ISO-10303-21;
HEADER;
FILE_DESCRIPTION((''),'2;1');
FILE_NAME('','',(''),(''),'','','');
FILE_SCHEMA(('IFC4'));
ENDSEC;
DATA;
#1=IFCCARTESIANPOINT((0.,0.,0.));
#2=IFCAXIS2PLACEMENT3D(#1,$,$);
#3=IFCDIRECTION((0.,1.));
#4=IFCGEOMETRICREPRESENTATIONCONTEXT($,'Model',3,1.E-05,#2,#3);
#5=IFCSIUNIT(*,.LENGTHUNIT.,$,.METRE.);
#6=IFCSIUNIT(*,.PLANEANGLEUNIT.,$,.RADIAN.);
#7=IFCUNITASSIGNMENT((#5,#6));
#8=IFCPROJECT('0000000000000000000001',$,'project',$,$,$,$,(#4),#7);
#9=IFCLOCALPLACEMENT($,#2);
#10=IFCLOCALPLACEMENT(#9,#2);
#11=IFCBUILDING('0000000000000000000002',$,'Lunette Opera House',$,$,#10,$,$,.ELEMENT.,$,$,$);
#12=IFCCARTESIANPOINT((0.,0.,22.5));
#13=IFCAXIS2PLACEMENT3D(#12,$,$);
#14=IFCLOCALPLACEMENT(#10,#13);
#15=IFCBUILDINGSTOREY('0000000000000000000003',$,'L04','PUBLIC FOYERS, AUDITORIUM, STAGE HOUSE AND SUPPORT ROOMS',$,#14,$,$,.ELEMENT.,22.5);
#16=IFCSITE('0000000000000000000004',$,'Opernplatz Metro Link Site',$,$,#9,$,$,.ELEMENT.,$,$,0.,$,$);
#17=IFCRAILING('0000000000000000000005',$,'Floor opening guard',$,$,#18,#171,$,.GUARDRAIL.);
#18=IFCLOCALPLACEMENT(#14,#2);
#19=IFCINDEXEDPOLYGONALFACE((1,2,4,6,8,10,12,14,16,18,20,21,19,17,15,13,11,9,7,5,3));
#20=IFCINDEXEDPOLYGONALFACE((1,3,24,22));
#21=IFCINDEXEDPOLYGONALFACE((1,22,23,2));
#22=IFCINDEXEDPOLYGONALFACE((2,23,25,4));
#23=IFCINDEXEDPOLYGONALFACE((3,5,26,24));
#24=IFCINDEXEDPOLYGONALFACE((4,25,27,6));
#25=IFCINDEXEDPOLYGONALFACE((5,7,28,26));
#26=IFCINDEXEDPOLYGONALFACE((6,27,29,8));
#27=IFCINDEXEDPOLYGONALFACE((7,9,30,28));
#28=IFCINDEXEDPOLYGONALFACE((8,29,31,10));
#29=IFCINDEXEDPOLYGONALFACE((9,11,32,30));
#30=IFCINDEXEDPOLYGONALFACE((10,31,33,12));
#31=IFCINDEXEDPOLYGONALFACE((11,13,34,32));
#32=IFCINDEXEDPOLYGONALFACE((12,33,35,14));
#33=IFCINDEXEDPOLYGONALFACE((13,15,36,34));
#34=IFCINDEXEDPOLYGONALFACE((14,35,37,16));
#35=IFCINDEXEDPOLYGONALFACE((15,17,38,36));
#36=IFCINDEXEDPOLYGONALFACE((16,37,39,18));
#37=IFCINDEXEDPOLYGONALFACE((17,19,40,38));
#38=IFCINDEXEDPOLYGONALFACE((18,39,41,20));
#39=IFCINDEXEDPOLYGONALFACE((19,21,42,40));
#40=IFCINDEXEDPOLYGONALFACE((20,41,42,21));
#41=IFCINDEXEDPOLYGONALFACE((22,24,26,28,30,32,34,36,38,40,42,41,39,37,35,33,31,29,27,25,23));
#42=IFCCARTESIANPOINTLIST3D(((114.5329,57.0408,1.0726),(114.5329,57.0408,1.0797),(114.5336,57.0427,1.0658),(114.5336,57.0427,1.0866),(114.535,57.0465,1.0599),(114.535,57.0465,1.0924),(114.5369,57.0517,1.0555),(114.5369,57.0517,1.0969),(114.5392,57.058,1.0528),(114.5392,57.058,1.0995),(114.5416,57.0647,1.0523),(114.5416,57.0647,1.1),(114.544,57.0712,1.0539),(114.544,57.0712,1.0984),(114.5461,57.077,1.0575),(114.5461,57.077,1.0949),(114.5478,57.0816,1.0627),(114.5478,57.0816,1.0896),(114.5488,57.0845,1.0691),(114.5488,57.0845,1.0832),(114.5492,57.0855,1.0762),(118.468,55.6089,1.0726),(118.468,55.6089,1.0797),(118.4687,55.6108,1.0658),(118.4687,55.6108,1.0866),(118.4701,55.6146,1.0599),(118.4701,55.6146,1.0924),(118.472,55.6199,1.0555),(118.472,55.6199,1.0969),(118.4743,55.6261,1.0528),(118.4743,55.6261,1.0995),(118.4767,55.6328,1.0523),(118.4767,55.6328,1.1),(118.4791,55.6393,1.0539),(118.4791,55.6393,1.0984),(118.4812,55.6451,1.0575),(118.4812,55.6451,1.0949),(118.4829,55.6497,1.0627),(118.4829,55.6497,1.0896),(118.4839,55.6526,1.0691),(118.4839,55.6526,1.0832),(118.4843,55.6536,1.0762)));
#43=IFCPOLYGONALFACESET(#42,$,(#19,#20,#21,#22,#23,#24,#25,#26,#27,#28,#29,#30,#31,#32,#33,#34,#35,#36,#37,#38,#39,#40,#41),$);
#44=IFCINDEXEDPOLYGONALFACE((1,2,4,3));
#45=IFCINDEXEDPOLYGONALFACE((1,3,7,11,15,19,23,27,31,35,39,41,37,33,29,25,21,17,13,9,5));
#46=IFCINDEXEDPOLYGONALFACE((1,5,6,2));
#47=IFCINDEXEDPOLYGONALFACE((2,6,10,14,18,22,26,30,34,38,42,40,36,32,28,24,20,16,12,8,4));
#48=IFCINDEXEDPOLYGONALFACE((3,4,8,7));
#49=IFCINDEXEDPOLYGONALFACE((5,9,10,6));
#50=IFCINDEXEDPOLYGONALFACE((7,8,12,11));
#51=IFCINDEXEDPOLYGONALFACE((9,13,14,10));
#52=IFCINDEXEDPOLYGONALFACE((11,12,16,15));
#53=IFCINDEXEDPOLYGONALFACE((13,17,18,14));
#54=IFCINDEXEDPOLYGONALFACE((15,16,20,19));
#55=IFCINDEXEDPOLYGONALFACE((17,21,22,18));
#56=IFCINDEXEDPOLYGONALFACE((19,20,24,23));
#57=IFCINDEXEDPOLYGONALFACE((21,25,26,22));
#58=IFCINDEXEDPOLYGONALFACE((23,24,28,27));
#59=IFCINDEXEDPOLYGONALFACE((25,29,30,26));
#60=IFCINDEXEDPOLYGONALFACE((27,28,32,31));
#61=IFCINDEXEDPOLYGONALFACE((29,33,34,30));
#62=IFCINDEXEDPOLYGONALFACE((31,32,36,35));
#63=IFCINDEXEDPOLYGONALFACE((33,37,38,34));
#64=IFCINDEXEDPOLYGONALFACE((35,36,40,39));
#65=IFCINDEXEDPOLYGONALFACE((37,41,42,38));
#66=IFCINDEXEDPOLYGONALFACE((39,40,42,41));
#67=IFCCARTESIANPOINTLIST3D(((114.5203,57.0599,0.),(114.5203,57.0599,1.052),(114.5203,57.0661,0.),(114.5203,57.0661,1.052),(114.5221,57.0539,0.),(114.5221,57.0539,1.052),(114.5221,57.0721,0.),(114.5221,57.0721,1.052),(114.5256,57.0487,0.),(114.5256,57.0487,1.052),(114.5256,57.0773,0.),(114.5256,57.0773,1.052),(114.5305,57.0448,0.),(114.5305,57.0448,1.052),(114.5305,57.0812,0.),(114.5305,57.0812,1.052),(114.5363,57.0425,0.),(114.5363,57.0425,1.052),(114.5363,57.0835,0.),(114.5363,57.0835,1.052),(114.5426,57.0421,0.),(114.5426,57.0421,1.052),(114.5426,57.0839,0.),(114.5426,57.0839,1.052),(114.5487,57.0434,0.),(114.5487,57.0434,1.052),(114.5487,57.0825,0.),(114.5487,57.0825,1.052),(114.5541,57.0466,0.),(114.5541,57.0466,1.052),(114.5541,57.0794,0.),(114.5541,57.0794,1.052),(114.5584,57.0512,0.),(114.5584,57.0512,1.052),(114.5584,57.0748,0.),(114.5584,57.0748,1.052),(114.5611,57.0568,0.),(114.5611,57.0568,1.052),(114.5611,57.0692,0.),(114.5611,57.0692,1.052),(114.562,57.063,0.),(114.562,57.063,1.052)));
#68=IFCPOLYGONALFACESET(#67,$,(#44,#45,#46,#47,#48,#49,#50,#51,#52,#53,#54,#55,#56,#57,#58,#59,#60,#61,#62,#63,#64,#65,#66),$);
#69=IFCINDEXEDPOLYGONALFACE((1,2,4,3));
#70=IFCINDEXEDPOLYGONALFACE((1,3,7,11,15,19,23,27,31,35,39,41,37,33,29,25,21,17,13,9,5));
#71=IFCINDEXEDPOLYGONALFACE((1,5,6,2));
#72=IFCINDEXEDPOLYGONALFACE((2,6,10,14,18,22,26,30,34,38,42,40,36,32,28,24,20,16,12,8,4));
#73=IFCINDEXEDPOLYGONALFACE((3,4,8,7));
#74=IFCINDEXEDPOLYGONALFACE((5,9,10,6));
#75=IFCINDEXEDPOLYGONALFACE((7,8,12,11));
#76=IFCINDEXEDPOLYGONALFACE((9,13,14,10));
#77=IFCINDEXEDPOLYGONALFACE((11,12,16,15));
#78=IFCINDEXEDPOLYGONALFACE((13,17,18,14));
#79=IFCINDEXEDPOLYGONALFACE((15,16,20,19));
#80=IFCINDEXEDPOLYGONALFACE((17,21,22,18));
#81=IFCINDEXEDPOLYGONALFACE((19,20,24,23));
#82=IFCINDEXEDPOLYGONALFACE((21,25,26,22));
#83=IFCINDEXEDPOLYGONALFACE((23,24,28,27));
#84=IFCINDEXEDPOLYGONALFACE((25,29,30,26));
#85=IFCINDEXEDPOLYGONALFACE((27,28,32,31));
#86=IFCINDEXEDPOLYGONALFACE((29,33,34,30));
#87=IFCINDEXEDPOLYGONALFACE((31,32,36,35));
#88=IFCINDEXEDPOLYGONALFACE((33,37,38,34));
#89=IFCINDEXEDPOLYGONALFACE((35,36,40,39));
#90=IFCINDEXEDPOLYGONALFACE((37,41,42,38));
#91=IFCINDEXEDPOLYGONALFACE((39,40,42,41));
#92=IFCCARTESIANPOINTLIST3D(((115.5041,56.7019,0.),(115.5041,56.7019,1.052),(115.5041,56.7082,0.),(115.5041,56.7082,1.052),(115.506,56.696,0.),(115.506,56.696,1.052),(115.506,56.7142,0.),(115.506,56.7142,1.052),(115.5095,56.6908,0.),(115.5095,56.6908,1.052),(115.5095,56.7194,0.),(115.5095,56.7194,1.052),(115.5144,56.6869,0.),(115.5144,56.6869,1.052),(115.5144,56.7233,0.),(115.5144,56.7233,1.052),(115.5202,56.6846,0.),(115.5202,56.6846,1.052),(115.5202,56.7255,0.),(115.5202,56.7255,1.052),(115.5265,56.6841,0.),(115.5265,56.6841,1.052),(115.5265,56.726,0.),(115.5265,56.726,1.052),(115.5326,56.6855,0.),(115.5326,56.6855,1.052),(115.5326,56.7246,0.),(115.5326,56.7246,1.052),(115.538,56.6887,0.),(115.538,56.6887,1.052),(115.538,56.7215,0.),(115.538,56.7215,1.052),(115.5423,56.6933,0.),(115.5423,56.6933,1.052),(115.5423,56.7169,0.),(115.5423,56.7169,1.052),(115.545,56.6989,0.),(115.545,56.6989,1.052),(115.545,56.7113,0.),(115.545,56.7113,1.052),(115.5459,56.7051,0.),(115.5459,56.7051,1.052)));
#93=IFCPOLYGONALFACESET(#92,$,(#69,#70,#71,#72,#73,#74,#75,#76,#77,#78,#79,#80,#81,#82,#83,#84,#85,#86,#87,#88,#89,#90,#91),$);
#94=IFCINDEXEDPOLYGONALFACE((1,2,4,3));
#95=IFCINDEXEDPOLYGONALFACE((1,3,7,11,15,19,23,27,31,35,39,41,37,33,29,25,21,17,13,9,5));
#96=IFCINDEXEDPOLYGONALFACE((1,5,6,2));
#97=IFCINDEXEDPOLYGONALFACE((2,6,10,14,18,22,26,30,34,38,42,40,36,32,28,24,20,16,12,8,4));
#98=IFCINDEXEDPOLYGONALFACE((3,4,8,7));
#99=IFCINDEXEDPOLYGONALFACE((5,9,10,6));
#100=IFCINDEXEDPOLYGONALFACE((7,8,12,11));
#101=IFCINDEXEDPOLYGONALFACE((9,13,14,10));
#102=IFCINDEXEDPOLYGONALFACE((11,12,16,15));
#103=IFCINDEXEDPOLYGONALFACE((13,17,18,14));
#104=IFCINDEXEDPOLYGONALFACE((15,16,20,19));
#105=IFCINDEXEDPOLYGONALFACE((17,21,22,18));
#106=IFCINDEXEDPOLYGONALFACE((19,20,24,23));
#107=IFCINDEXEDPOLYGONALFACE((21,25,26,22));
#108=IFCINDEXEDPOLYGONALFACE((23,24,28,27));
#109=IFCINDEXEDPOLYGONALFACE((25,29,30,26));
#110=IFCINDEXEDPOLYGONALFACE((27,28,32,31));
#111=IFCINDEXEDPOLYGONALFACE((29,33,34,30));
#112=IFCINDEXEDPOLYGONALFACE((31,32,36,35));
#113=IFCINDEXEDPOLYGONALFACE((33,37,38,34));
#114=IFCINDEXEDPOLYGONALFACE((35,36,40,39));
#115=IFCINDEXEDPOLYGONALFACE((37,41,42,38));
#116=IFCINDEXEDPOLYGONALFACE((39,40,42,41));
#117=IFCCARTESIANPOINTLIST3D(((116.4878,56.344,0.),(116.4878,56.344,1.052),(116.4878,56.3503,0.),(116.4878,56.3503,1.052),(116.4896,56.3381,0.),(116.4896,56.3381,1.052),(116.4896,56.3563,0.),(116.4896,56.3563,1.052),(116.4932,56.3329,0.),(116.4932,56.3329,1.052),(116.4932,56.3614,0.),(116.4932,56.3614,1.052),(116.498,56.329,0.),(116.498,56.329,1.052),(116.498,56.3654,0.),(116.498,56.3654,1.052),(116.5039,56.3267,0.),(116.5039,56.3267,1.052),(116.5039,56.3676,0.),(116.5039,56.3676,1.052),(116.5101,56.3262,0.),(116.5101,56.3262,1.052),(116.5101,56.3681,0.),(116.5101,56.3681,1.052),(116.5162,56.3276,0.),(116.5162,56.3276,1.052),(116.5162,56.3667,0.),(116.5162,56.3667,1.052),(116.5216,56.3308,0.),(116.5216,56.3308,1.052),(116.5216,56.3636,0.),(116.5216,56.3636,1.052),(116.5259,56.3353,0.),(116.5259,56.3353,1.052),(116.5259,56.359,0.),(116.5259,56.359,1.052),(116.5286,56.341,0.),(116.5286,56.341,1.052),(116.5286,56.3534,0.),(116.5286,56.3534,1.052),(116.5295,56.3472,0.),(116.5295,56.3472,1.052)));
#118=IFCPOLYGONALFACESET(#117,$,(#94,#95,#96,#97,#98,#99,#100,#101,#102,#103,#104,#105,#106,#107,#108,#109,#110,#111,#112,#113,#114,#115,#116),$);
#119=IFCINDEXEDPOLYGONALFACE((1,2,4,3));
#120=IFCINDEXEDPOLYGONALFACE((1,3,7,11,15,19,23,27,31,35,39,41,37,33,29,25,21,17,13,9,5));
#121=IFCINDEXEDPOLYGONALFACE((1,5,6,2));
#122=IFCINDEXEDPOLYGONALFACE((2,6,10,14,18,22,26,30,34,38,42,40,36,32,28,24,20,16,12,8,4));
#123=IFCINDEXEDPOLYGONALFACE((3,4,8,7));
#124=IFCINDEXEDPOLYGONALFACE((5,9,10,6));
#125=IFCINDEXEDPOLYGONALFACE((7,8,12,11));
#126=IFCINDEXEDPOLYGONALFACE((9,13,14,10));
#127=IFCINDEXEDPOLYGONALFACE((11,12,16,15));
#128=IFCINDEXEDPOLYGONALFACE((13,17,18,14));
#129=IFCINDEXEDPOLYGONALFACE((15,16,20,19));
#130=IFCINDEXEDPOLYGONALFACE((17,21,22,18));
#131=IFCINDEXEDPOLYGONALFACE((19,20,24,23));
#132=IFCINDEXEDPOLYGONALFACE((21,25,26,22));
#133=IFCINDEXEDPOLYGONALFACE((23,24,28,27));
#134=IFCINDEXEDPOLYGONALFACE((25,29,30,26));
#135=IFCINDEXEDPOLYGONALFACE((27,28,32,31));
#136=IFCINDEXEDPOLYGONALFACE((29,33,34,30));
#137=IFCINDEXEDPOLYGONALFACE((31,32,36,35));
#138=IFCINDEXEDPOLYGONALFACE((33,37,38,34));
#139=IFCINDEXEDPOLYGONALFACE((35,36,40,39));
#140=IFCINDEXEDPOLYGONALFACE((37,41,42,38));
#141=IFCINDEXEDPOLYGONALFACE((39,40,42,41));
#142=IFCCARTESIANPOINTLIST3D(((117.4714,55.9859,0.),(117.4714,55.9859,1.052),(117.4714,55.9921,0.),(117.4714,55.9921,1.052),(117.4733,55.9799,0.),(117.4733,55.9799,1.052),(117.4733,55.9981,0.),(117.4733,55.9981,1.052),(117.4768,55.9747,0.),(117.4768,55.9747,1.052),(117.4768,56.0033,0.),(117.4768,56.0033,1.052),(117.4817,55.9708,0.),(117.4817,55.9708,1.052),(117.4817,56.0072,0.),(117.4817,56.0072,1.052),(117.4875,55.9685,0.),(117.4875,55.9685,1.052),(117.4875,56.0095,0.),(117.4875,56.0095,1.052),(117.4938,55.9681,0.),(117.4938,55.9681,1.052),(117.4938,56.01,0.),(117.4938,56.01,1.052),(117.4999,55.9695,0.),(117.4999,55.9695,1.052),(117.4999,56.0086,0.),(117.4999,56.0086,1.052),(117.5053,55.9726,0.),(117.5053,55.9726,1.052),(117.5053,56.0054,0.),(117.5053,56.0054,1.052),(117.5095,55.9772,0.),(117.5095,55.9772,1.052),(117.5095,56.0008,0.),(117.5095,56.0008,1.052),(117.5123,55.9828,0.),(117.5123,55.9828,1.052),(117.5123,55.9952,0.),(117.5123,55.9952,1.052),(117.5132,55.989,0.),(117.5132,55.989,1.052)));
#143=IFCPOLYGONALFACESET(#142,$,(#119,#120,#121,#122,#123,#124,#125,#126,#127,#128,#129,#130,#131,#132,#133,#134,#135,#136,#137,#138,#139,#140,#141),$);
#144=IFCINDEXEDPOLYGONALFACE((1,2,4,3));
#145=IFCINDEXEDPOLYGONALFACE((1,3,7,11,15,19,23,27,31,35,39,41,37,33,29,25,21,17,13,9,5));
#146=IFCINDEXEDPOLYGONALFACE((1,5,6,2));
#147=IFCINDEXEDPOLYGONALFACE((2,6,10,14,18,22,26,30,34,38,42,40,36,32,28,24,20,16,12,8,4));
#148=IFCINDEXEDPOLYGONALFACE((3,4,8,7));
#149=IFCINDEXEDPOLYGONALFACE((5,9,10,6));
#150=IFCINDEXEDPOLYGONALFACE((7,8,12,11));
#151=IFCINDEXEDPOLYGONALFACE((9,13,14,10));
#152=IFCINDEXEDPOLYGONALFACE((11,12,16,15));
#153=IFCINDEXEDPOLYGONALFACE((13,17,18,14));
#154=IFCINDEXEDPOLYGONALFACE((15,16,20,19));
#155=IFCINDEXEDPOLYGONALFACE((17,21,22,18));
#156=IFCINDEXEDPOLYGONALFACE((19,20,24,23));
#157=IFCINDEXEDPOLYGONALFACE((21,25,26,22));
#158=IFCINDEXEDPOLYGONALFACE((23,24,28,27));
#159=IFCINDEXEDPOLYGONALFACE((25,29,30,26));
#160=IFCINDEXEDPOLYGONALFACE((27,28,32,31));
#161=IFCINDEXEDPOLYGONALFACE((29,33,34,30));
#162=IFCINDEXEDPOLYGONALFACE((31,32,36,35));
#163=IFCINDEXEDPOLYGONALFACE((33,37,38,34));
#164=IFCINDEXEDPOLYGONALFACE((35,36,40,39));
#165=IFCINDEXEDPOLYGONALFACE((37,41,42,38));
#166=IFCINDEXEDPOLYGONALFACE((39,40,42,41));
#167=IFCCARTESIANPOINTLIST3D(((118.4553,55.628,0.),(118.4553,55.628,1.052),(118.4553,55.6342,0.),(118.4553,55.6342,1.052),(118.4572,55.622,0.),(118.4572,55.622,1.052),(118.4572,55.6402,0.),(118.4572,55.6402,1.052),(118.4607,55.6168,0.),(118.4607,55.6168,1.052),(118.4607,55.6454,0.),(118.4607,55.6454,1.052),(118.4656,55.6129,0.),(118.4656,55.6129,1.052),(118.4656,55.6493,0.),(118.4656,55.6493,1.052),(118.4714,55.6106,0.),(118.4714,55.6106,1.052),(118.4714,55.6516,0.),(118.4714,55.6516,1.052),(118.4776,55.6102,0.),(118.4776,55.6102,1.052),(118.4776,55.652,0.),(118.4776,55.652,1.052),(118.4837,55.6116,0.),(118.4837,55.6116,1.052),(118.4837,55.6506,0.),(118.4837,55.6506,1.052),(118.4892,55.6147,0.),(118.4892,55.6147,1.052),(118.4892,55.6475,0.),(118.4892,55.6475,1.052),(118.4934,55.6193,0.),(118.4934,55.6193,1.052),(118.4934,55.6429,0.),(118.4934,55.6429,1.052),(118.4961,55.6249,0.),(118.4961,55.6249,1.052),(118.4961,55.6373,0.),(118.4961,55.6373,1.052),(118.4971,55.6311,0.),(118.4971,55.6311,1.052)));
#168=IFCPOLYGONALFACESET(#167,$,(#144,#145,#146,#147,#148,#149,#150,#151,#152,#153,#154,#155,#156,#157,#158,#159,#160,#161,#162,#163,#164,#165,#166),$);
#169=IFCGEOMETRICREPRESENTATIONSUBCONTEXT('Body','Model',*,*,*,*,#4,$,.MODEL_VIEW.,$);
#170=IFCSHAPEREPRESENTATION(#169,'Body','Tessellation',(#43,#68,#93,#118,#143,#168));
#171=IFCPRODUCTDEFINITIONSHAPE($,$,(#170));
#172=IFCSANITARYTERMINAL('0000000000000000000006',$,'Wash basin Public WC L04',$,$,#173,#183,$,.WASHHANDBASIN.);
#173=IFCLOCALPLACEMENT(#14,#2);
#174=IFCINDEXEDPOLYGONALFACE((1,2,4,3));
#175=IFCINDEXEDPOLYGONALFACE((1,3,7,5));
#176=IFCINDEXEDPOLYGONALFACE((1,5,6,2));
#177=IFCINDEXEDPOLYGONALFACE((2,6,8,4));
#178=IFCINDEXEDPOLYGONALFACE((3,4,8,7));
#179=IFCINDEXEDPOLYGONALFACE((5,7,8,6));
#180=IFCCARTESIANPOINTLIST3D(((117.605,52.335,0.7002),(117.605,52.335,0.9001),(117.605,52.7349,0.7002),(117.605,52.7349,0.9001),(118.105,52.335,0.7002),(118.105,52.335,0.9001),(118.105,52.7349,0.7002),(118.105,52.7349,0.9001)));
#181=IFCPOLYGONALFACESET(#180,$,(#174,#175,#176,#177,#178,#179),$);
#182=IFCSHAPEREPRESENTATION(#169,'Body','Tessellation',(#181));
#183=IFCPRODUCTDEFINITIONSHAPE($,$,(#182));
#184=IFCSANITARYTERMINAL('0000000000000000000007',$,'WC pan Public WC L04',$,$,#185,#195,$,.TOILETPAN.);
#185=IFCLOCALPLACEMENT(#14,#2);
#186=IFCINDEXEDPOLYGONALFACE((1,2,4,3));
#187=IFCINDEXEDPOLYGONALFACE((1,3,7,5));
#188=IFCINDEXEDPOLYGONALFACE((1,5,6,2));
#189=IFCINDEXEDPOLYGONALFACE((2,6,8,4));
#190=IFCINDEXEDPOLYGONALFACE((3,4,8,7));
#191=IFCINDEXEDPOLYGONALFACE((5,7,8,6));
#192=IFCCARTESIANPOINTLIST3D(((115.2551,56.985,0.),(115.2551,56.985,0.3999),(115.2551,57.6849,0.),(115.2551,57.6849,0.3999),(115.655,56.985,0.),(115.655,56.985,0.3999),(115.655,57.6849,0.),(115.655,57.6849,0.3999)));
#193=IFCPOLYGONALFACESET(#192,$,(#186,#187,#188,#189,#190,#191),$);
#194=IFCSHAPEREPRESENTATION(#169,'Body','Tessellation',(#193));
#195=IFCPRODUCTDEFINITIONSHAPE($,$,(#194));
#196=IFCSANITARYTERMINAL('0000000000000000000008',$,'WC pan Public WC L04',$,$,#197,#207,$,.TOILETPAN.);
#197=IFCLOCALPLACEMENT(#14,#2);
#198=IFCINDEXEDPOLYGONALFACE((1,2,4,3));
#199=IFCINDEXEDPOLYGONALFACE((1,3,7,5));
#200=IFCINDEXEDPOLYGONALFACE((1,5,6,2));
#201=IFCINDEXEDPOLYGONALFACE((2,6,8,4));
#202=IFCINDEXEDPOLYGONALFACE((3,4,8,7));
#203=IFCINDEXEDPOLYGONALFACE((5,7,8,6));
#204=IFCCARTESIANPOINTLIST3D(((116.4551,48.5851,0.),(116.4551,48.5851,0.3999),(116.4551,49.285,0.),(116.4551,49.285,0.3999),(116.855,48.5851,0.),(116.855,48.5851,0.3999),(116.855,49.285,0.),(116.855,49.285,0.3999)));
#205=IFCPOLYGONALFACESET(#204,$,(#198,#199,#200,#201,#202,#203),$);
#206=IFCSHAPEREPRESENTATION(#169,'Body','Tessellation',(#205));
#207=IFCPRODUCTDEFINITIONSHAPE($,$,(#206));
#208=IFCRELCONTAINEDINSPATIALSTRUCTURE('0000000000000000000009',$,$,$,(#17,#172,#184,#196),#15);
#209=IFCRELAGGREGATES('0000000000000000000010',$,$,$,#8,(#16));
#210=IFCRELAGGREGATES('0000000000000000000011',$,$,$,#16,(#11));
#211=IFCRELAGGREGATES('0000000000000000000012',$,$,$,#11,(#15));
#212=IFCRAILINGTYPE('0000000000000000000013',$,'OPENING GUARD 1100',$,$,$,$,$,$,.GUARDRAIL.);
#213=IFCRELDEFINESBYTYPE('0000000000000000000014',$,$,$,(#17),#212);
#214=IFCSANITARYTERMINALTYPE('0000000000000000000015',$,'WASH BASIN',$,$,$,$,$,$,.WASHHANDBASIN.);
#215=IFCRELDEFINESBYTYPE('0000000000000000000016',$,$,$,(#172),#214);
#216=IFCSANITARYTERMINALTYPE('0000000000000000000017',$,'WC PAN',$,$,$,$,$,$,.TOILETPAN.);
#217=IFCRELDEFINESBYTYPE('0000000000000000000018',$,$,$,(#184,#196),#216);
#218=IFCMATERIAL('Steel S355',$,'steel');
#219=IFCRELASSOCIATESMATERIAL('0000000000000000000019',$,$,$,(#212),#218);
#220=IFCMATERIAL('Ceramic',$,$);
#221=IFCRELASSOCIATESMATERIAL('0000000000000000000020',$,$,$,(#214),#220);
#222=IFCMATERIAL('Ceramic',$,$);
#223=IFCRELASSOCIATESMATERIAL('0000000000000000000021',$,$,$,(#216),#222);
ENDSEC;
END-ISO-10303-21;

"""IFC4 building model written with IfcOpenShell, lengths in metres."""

from ifc_helpers import new_model, si_unit, direction, frame, origin, origin_2d, place, context, subcontext, project, spatial, rectangle, circle, extrude, material, type_object, element, save


model = new_model("IFC4")

# Units and contexts
model_context = context("Model", 3, precision=1e-05, world=origin(), true_north=direction((0.0, 1.0)))
body_context = subcontext(model_context, "Body", "Model", "MODEL_VIEW")
ifc_project = project(units=[si_unit("LENGTHUNIT", "METRE"), si_unit("PLANEANGLEUNIT", "RADIAN")], contexts=[model_context])

# Site, building, storey
site_placement = place(None, origin())
site = spatial("IfcSite", under=ifc_project, at=site_placement, Name="Opernplatz Metro Link Site", CompositionType="ELEMENT", RefElevation=0.0)
building_placement = place(site_placement, origin())
building = spatial("IfcBuilding", under=site, at=building_placement, Name="Lunette Opera House", CompositionType="ELEMENT")
storey_placement = place(building_placement, frame((0.0, 0.0, 22.5)))
storey = spatial("IfcBuildingStorey", under=building, at=storey_placement, Name="L04", Description="PUBLIC FOYERS, AUDITORIUM, STAGE HOUSE AND SUPPORT ROOMS", CompositionType="ELEMENT", Elevation=22.5)

# Railing
ifc_material_1 = material(Name="Steel S355", Category="steel")
railing_type_1 = type_object("IfcRailingType", Name="OPENING GUARD 1100", PredefinedType="GUARDRAIL", material=ifc_material_1)
railing_1_placement = place(storey_placement, frame((114.541, 57.063, 0.0)))
element("IfcRailing", 1, at=railing_1_placement, inside=storey, type_object=railing_type_1, Name="Floor opening guard", PredefinedType="GUARDRAIL", context=body_context, shape_type="SweptSolid", body=[
    extrude(circle(Radius=0.0239, at=origin_2d()), frame((0.0, 0.0, 1.0762), z_axis=(0.93972, -0.341944, 0.0), x_axis=(0.341944, 0.93972, 0.0)), (0.0, 0.0, 1.0), 4.1875),
    extrude(circle(Radius=0.021, at=origin_2d()), origin(), (0.0, 0.0, 1.0), 1.052),
    extrude(circle(Radius=0.021, at=origin_2d()), frame((0.9839, -0.3579, 0.0)), (0.0, 0.0, 1.0), 1.052),
    extrude(circle(Radius=0.021, at=origin_2d()), frame((1.9675, -0.7158, 0.0)), (0.0, 0.0, 1.0), 1.052),
    extrude(circle(Radius=0.021, at=origin_2d()), frame((2.9512, -1.074, 0.0)), (0.0, 0.0, 1.0), 1.052),
    extrude(circle(Radius=0.021, at=origin_2d()), frame((3.9351, -1.4319, 0.0)), (0.0, 0.0, 1.0), 1.052),
])

# Sanitary terminals
ifc_material_2 = material(Name="Ceramic")
sanitary_terminal_type_1 = type_object("IfcSanitaryTerminalType", Name="WASH BASIN", PredefinedType="WASHHANDBASIN", material=ifc_material_2)
sanitary_terminal_placement = place(storey_placement, frame((117.855, 52.5349, 0.7002), z_axis=(0.0, 0.0, 1.0), x_axis=(1.0, 0.0, 0.0)))
element("IfcSanitaryTerminal", 2, at=sanitary_terminal_placement, inside=storey, type_object=sanitary_terminal_type_1, Name="Wash basin Public WC L04", PredefinedType="WASHHANDBASIN", context=body_context, shape_type="SweptSolid", body=[
    extrude(rectangle(XDim=0.5, YDim=0.3999, at=origin_2d()), origin(), (0.0, 0.0, 1.0), 0.2),
])
ifc_material_3 = material(Name="Ceramic")
sanitary_terminal_type_2 = type_object("IfcSanitaryTerminalType", Name="WC PAN", PredefinedType="TOILETPAN", material=ifc_material_3)
for number, where, z_axis, x_axis, name in (
    (3, (115.4551, 57.335, 0.0), (0.0, 0.0, 1.0), (1.0, 0.0, 0.0), "WC pan Public WC L04"),
    (4, (116.655, 48.9351, 0.0), (0.0, 0.0, 1.0), (1.0, 0.0, 0.0), "WC pan Public WC L04"),
):
    element("IfcSanitaryTerminal", number, at=place(storey_placement, frame(where, z_axis=z_axis, x_axis=x_axis)), inside=storey, type_object=sanitary_terminal_type_2, Name=name, PredefinedType="TOILETPAN", context=body_context, shape_type="SweptSolid", body=[
        extrude(rectangle(XDim=0.3999, YDim=0.7, at=origin_2d()), origin(), (0.0, 0.0, 1.0), 0.3999),
    ])

save(model, "model.ifc")
